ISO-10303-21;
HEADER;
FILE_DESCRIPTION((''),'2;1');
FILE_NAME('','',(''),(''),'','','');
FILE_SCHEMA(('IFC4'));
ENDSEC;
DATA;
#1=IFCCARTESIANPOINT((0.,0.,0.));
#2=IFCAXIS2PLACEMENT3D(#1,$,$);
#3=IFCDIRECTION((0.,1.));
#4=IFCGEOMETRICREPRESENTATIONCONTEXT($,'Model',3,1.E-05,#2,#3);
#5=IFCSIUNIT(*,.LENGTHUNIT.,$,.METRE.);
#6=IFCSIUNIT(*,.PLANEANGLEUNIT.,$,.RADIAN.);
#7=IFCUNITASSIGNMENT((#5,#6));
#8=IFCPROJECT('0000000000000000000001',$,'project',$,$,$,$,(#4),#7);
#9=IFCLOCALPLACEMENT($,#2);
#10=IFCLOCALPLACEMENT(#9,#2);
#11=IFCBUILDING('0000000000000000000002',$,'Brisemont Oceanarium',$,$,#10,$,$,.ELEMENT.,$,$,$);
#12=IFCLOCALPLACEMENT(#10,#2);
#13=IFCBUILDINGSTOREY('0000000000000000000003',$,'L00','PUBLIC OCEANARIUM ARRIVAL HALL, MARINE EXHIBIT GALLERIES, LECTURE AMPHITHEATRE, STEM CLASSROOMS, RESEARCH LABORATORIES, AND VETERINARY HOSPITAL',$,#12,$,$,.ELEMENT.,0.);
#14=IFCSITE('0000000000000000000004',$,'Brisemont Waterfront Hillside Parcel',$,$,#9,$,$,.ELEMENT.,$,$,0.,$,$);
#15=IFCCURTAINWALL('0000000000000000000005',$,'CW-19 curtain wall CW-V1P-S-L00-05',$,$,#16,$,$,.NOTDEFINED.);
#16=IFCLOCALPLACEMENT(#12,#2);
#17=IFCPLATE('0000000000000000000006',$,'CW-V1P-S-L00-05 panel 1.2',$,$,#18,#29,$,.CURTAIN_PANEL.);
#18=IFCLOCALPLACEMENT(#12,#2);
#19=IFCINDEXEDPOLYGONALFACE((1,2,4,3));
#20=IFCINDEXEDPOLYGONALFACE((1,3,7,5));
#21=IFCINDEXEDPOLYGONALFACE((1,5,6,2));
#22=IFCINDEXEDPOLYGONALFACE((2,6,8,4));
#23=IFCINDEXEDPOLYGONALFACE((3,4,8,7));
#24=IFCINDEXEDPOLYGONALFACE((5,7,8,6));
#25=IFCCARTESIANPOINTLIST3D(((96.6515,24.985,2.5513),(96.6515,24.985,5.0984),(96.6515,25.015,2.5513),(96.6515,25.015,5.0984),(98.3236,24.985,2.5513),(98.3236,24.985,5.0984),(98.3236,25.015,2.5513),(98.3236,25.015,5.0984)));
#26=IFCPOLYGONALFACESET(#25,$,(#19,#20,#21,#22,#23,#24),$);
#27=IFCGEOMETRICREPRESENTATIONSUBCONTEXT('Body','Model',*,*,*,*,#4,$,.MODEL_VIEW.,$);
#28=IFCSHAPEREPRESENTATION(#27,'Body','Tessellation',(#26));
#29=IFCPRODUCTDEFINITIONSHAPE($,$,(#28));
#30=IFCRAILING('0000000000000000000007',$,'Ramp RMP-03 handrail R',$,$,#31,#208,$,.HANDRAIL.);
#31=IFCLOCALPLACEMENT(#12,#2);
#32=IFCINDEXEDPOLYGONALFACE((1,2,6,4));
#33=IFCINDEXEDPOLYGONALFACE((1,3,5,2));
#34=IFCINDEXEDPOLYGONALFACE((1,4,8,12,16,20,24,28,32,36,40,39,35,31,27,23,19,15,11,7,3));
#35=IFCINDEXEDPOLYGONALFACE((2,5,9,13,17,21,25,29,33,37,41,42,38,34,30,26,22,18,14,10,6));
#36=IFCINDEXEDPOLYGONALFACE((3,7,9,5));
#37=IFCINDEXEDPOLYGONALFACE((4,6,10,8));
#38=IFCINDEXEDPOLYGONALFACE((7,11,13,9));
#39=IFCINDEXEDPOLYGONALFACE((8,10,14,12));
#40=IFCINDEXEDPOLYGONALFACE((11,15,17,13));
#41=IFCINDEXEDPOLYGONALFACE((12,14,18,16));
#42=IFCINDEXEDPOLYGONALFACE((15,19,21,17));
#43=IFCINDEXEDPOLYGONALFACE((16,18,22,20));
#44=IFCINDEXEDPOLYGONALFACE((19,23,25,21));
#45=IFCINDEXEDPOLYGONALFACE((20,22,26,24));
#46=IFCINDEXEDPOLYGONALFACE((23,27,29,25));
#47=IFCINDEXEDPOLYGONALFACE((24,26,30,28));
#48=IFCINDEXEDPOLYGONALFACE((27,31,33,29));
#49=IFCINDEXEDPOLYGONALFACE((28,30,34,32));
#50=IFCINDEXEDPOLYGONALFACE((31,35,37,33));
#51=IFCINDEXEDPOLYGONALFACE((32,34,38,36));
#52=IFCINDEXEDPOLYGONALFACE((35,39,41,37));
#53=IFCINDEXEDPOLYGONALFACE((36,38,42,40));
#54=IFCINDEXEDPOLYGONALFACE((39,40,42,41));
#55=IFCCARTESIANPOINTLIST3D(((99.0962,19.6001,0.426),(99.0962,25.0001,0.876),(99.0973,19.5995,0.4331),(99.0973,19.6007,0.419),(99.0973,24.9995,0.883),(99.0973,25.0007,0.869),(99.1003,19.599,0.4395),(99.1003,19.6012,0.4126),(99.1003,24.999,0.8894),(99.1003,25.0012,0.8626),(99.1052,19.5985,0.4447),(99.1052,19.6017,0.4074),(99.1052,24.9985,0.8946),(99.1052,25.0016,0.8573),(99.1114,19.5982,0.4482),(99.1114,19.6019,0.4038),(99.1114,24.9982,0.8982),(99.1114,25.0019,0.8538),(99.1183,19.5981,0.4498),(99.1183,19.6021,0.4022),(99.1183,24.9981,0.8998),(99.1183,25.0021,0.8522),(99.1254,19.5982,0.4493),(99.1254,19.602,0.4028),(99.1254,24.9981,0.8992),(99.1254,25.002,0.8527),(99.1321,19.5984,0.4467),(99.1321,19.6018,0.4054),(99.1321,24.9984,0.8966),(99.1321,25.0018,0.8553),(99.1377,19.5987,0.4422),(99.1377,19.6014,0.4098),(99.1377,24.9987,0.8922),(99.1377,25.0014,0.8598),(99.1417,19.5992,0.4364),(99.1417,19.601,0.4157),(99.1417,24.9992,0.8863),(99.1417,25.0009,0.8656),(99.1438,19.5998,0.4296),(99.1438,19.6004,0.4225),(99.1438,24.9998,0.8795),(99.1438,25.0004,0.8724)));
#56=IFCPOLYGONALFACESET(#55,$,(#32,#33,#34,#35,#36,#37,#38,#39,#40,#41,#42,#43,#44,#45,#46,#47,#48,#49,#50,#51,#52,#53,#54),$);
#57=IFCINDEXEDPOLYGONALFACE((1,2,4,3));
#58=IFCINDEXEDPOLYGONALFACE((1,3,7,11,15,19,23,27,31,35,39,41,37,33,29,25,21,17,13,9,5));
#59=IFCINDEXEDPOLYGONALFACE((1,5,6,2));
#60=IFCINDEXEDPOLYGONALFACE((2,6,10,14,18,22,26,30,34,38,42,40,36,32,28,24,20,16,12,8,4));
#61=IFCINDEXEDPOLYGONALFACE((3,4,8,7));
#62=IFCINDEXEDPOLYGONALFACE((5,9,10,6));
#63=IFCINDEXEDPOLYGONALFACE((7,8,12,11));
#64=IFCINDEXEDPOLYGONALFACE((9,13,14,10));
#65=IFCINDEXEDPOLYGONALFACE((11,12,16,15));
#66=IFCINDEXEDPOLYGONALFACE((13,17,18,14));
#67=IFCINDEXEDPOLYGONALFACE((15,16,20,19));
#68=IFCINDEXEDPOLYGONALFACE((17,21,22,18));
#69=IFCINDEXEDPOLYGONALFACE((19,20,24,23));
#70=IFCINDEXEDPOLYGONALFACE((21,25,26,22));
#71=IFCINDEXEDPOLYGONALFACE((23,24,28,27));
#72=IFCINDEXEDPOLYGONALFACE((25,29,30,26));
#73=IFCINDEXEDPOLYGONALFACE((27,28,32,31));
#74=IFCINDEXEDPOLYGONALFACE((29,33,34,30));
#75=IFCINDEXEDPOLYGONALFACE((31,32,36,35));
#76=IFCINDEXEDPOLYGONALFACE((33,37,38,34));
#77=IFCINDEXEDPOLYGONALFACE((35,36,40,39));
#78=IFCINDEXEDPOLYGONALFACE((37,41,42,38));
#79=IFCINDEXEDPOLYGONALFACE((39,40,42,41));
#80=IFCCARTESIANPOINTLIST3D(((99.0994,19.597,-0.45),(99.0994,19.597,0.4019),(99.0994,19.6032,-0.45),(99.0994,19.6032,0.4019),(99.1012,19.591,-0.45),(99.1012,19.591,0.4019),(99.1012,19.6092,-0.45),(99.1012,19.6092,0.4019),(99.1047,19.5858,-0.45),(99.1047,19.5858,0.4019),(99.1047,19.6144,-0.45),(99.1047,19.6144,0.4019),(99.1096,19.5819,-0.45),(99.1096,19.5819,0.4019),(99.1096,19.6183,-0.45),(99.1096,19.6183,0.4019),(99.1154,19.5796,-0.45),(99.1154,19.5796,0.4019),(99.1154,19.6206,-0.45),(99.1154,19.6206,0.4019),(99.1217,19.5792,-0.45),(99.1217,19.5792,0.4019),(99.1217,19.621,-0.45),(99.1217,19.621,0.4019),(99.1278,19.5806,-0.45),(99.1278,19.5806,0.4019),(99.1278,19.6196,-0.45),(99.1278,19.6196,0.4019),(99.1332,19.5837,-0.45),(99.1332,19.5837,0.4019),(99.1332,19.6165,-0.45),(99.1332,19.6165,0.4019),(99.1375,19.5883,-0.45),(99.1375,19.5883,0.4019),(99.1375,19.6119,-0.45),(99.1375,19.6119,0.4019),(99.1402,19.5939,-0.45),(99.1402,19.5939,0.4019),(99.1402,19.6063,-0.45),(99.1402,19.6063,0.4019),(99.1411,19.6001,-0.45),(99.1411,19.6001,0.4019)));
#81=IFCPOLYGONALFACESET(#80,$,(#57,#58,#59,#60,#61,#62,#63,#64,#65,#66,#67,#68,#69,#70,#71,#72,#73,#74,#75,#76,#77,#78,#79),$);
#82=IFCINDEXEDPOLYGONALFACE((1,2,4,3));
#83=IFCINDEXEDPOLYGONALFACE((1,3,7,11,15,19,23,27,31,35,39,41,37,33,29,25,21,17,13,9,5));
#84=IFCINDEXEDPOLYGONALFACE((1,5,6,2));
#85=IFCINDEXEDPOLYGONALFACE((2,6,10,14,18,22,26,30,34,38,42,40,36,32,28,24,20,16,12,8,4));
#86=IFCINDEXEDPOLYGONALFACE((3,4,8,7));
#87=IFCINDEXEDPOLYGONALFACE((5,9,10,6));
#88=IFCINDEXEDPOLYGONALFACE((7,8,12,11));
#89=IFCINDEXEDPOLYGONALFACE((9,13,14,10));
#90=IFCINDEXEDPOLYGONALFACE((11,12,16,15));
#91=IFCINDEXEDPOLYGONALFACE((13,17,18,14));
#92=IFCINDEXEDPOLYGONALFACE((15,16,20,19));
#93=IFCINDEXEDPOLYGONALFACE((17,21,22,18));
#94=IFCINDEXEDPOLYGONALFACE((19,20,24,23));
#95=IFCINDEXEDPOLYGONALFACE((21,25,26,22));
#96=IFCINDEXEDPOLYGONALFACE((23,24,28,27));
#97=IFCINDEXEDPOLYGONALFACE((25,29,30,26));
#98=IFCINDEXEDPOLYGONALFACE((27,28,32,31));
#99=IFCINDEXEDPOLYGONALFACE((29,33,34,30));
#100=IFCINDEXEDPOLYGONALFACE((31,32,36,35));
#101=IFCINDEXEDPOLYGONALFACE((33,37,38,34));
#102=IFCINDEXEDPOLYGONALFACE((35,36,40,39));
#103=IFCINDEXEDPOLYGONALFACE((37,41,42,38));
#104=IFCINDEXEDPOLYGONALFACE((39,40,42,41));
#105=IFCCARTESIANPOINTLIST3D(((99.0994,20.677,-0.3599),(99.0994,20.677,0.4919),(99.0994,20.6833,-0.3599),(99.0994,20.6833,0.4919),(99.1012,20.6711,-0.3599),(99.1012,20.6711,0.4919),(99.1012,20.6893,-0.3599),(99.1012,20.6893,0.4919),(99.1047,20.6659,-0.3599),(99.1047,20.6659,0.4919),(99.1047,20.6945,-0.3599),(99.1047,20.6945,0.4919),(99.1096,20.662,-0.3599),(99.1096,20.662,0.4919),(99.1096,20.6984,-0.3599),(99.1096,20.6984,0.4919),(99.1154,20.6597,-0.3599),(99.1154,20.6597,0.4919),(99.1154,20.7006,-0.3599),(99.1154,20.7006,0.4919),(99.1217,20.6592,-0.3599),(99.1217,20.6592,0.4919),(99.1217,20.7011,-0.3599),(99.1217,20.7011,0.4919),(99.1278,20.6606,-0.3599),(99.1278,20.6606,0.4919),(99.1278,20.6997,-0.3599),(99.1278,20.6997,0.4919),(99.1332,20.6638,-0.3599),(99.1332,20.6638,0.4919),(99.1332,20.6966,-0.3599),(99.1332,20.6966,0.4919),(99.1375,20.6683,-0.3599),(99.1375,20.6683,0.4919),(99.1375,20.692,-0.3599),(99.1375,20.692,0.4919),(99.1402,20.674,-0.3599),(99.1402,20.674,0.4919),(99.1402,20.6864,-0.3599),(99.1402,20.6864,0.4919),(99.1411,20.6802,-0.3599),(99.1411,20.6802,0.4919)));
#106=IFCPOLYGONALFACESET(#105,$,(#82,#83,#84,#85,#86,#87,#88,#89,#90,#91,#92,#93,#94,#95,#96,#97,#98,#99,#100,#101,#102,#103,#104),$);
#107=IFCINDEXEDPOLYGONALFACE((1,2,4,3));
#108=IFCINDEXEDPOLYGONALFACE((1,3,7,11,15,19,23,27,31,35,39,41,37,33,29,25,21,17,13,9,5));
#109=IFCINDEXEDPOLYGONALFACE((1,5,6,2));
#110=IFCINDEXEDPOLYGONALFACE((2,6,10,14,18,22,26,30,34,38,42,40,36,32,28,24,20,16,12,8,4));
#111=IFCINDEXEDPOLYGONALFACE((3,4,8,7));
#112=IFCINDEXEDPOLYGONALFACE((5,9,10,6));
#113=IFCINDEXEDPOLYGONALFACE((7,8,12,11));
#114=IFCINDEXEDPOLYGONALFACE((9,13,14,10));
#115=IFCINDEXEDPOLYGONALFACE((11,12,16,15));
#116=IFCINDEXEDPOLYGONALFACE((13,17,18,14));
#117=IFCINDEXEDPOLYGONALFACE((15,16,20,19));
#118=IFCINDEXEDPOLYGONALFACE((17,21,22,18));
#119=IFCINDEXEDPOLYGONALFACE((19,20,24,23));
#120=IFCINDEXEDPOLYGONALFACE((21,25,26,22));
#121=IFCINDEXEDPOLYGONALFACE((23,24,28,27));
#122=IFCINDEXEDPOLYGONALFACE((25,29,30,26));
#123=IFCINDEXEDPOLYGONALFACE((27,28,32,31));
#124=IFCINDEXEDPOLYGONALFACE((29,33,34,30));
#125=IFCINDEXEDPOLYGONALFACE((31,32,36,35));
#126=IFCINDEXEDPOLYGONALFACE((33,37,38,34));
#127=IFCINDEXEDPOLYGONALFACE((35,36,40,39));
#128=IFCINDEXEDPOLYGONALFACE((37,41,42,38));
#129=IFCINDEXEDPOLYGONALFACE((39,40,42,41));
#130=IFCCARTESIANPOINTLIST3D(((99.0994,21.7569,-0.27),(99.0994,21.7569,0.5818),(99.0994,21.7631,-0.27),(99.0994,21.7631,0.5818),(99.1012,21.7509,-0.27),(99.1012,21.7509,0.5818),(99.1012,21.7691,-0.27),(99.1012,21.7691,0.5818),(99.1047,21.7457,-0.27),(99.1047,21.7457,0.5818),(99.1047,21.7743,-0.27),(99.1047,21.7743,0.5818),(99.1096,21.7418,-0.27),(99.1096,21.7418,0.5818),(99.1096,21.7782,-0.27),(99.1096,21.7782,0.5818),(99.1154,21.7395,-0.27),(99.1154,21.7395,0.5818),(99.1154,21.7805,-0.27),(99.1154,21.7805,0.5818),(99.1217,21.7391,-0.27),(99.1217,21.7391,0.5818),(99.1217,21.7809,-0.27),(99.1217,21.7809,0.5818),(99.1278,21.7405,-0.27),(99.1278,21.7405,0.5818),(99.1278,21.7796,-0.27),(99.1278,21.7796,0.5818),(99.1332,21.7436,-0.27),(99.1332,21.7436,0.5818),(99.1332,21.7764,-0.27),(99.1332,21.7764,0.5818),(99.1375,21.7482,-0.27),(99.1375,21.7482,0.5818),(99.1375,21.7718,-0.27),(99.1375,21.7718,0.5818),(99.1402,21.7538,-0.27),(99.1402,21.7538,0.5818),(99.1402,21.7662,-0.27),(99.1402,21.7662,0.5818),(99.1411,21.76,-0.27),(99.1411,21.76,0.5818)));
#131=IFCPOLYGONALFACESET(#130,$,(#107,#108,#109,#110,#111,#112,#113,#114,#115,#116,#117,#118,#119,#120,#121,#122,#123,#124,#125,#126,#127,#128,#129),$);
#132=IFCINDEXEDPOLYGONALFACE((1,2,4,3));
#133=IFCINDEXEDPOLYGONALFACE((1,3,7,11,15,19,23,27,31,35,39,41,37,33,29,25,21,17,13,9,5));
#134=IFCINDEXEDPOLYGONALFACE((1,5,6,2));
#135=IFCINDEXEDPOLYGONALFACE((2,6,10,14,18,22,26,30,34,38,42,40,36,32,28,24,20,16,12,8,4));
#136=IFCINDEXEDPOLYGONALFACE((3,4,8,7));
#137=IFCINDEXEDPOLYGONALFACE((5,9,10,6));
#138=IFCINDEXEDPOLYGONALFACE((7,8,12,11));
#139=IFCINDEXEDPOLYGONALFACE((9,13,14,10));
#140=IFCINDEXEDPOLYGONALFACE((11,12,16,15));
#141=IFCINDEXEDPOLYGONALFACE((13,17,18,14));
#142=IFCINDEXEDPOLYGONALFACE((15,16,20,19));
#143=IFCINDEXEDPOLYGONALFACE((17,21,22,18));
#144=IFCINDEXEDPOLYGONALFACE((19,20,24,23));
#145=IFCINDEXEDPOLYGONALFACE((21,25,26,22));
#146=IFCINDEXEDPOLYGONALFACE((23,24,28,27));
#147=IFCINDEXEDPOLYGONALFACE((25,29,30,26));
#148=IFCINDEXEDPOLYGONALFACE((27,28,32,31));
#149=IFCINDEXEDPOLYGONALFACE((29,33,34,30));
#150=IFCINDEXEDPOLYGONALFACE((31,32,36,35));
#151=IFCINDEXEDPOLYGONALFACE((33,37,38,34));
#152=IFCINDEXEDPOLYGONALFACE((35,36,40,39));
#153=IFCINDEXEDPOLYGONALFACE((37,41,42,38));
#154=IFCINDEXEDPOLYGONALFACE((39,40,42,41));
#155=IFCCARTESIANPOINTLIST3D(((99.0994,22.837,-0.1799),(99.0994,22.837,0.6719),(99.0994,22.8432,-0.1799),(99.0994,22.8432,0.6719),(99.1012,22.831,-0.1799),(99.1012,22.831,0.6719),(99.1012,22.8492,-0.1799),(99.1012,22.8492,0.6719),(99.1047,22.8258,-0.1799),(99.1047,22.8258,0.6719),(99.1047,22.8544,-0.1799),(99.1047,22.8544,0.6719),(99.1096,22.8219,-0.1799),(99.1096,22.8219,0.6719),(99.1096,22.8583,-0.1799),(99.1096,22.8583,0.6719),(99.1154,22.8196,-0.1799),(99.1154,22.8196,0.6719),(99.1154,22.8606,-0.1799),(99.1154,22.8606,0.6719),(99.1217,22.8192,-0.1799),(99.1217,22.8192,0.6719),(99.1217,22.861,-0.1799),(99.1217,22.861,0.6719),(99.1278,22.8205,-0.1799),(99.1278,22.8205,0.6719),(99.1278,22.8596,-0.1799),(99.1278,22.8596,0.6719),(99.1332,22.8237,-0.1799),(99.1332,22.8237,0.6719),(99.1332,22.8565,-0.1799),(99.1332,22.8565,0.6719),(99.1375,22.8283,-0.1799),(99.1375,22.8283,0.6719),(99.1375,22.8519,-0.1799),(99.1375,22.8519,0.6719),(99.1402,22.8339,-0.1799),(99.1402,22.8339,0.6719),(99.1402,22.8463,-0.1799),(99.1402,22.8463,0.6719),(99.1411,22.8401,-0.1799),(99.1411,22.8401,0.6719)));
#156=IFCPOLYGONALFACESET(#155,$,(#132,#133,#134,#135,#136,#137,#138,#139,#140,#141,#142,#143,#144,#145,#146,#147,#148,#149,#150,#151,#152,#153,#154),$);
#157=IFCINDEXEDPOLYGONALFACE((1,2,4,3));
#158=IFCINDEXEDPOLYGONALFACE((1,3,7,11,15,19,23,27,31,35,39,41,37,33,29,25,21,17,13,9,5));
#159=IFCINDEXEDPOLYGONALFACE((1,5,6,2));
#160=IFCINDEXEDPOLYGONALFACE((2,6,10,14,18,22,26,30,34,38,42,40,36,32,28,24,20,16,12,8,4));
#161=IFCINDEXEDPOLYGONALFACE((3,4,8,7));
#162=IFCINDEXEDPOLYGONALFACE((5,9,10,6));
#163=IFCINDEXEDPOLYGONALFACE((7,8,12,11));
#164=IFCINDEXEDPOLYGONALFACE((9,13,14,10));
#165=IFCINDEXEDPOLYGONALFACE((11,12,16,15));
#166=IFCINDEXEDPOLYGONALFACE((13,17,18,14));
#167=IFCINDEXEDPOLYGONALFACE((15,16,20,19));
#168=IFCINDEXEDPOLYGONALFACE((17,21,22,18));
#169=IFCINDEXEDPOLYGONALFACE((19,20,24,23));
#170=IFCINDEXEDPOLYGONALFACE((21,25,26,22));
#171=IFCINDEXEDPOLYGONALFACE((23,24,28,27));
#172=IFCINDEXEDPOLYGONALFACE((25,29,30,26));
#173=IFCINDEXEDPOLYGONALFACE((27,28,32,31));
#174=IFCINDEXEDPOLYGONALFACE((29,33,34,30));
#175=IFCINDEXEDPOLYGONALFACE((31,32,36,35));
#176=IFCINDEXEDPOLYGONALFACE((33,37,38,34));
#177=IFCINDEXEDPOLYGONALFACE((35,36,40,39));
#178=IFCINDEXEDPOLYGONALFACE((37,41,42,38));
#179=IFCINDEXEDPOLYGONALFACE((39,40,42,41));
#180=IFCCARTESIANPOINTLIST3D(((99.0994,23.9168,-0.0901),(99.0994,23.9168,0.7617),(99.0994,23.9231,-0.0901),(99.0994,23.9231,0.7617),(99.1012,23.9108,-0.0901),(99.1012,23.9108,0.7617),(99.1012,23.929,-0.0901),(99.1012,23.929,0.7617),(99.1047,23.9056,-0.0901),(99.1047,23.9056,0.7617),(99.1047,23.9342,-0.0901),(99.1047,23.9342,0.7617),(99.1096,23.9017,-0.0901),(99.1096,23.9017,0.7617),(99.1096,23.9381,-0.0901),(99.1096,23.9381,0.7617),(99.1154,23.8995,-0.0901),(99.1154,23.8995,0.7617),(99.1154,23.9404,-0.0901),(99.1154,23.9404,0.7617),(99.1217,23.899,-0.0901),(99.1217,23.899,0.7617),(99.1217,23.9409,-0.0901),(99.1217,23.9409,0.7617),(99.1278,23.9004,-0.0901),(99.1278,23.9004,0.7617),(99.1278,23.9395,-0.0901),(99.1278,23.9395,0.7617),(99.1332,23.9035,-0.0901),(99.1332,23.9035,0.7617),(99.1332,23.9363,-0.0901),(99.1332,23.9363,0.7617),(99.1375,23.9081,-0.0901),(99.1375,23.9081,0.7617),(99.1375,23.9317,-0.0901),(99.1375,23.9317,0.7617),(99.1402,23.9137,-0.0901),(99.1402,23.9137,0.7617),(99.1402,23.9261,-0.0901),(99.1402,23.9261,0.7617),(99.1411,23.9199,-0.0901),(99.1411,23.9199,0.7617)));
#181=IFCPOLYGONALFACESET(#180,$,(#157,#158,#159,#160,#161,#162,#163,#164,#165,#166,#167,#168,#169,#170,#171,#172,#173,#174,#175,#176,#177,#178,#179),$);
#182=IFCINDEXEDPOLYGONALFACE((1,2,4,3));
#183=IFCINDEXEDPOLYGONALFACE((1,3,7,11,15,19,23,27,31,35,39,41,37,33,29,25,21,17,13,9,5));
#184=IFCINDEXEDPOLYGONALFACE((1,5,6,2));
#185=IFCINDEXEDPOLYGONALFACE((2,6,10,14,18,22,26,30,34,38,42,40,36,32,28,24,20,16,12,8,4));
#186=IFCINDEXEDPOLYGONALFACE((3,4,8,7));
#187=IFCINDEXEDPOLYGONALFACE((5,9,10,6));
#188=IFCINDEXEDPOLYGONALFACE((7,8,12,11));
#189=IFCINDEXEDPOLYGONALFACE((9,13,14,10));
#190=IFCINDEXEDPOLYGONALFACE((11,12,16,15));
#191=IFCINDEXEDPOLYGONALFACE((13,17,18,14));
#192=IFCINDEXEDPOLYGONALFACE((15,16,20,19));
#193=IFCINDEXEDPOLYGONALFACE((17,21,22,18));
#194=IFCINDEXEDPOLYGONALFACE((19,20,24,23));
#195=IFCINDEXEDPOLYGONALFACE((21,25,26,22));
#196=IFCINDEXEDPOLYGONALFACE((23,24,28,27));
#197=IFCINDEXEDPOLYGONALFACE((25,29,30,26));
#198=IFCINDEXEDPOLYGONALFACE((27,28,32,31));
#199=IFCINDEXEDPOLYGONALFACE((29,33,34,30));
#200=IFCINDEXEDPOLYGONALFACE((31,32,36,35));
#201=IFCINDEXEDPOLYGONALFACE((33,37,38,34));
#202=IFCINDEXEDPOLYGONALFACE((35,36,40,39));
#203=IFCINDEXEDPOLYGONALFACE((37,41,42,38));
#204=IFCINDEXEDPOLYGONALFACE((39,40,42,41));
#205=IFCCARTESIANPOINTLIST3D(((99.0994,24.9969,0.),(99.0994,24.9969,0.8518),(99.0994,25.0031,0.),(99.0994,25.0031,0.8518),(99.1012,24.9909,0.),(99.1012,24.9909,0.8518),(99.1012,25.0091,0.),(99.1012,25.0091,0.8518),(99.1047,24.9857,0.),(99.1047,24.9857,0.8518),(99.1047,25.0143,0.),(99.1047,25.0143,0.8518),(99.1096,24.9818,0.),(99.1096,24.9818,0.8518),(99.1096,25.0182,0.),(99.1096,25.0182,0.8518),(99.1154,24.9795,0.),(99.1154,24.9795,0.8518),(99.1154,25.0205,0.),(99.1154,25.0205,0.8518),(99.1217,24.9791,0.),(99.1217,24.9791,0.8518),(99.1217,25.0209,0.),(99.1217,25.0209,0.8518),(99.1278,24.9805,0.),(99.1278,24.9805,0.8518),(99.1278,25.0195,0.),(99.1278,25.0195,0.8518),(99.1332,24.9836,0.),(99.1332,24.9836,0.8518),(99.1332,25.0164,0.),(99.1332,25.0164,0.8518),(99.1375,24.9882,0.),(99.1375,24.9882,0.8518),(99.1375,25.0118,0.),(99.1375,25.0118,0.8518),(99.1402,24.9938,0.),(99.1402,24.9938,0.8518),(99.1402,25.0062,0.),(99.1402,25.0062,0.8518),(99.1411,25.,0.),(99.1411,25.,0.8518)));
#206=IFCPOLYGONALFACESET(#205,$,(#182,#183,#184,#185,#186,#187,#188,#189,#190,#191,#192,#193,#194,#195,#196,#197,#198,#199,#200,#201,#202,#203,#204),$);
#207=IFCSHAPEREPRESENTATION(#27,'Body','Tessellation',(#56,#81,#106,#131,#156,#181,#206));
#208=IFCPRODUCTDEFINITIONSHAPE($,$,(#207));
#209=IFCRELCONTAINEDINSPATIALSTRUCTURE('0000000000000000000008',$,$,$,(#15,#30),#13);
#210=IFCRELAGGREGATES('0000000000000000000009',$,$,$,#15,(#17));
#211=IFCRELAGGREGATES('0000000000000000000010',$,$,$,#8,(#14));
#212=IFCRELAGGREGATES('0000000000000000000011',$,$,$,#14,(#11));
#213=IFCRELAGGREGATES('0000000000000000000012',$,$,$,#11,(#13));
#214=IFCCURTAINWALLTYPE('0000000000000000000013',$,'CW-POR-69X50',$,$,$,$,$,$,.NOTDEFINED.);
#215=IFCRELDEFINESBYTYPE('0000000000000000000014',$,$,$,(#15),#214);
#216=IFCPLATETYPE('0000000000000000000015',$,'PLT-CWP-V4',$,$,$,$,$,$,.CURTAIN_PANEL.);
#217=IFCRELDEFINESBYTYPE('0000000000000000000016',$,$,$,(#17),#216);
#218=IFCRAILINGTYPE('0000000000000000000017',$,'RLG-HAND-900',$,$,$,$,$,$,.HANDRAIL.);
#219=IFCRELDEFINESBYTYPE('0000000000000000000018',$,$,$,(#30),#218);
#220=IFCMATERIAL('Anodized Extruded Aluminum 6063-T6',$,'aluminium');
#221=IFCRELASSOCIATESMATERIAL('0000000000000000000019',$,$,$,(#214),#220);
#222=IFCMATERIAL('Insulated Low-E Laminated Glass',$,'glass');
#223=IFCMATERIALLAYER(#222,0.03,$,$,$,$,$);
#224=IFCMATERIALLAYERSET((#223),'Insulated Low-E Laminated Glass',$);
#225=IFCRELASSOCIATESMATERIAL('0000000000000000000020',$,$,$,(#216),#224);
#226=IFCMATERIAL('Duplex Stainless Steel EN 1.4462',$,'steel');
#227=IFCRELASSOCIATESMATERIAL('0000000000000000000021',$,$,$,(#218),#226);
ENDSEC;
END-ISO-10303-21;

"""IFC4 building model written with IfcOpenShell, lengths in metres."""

from ifc_helpers import new_model, si_unit, direction, frame, origin, origin_2d, place, context, subcontext, project, spatial, rectangle, circle, extrude, material, layer, layer_set, type_object, element, aggregate, save


model = new_model("IFC4")

# Units and contexts
model_context = context("Model", 3, precision=1e-05, world=origin(), true_north=direction((0.0, 1.0)))
body_context = subcontext(model_context, "Body", "Model", "MODEL_VIEW")
ifc_project = project(units=[si_unit("LENGTHUNIT", "METRE"), si_unit("PLANEANGLEUNIT", "RADIAN")], contexts=[model_context])

# Site, building, storey
site_placement = place(None, origin())
site = spatial("IfcSite", under=ifc_project, at=site_placement, Name="Brisemont Waterfront Hillside Parcel", CompositionType="ELEMENT", RefElevation=0.0)
building_placement = place(site_placement, origin())
building = spatial("IfcBuilding", under=site, at=building_placement, Name="Brisemont Oceanarium", CompositionType="ELEMENT")
storey_placement = place(building_placement, origin())
storey = spatial("IfcBuildingStorey", under=building, at=storey_placement, Name="L00", Description="PUBLIC OCEANARIUM ARRIVAL HALL, MARINE EXHIBIT GALLERIES, LECTURE AMPHITHEATRE, STEM CLASSROOMS, RESEARCH LABORATORIES, AND VETERINARY HOSPITAL", CompositionType="ELEMENT", Elevation=0.0)

# Curtain wall
ifc_material_1 = material(Name="Anodized Extruded Aluminum 6063-T6", Category="aluminium")
curtain_wall_type = type_object("IfcCurtainWallType", Name="CW-POR-69X50", PredefinedType="NOTDEFINED", material=ifc_material_1)
curtain_wall_1_placement = place(storey_placement, origin())
curtain_wall_1 = element("IfcCurtainWall", 1, at=curtain_wall_1_placement, inside=storey, type_object=curtain_wall_type, Name="CW-19 curtain wall CW-V1P-S-L00-05", PredefinedType="NOTDEFINED")

# Plate
ifc_material_2 = material(Name="Insulated Low-E Laminated Glass", Category="glass")
ifc_layer = layer(ifc_material_2, 0.03)
ifc_layer_set = layer_set([ifc_layer], Name="Insulated Low-E Laminated Glass")
plate_type = type_object("IfcPlateType", Name="PLT-CWP-V4", PredefinedType="CURTAIN_PANEL", material=ifc_layer_set)
plate_1_placement = place(storey_placement, frame((97.4875, 25.0, 2.5513), z_axis=(0.0, 0.0, 1.0), x_axis=(1.0, 0.0, 0.0)))
plate_1 = element("IfcPlate", 2, at=plate_1_placement, type_object=plate_type, Name="CW-V1P-S-L00-05 panel 1.2", PredefinedType="CURTAIN_PANEL", context=body_context, shape_type="SweptSolid", body=[
    extrude(rectangle(XDim=1.6721, YDim=0.03, at=origin_2d()), origin(), (0.0, 0.0, 1.0), 2.5471),
])
aggregate(curtain_wall_1, [plate_1])

# Railing
ifc_material_3 = material(Name="Duplex Stainless Steel EN 1.4462", Category="steel")
railing_type = type_object("IfcRailingType", Name="RLG-HAND-900", PredefinedType="HANDRAIL", material=ifc_material_3)
railing_placement = place(storey_placement, frame((99.1201, 19.6001, -0.45)))
element("IfcRailing", 3, at=railing_placement, inside=storey, type_object=railing_type, Name="Ramp RMP-03 handrail R", PredefinedType="HANDRAIL", context=body_context, shape_type="SweptSolid", body=[
    extrude(circle(Radius=0.0239, at=origin_2d()), frame((0.0, 0.0, 0.876), z_axis=(0.0, 0.996546, 0.083038), x_axis=(-1.0, 0.0, 0.0)), (0.0, 0.0, 1.0), 5.4187),
    extrude(circle(Radius=0.021, at=origin_2d()), origin(), (0.0, 0.0, 1.0), 0.8518),
    extrude(circle(Radius=0.021, at=origin_2d()), frame((0.0, 1.0801, 0.0901)), (0.0, 0.0, 1.0), 0.8518),
    extrude(circle(Radius=0.021, at=origin_2d()), frame((0.0, 2.1599, 0.1799)), (0.0, 0.0, 1.0), 0.8518),
    extrude(circle(Radius=0.021, at=origin_2d()), frame((0.0, 3.24, 0.27)), (0.0, 0.0, 1.0), 0.8518),
    extrude(circle(Radius=0.021, at=origin_2d()), frame((0.0, 4.3198, 0.3599)), (0.0, 0.0, 1.0), 0.8518),
    extrude(circle(Radius=0.021, at=origin_2d()), frame((0.0, 5.3999, 0.45)), (0.0, 0.0, 1.0), 0.8518),
])

save(model, "model.ifc")
